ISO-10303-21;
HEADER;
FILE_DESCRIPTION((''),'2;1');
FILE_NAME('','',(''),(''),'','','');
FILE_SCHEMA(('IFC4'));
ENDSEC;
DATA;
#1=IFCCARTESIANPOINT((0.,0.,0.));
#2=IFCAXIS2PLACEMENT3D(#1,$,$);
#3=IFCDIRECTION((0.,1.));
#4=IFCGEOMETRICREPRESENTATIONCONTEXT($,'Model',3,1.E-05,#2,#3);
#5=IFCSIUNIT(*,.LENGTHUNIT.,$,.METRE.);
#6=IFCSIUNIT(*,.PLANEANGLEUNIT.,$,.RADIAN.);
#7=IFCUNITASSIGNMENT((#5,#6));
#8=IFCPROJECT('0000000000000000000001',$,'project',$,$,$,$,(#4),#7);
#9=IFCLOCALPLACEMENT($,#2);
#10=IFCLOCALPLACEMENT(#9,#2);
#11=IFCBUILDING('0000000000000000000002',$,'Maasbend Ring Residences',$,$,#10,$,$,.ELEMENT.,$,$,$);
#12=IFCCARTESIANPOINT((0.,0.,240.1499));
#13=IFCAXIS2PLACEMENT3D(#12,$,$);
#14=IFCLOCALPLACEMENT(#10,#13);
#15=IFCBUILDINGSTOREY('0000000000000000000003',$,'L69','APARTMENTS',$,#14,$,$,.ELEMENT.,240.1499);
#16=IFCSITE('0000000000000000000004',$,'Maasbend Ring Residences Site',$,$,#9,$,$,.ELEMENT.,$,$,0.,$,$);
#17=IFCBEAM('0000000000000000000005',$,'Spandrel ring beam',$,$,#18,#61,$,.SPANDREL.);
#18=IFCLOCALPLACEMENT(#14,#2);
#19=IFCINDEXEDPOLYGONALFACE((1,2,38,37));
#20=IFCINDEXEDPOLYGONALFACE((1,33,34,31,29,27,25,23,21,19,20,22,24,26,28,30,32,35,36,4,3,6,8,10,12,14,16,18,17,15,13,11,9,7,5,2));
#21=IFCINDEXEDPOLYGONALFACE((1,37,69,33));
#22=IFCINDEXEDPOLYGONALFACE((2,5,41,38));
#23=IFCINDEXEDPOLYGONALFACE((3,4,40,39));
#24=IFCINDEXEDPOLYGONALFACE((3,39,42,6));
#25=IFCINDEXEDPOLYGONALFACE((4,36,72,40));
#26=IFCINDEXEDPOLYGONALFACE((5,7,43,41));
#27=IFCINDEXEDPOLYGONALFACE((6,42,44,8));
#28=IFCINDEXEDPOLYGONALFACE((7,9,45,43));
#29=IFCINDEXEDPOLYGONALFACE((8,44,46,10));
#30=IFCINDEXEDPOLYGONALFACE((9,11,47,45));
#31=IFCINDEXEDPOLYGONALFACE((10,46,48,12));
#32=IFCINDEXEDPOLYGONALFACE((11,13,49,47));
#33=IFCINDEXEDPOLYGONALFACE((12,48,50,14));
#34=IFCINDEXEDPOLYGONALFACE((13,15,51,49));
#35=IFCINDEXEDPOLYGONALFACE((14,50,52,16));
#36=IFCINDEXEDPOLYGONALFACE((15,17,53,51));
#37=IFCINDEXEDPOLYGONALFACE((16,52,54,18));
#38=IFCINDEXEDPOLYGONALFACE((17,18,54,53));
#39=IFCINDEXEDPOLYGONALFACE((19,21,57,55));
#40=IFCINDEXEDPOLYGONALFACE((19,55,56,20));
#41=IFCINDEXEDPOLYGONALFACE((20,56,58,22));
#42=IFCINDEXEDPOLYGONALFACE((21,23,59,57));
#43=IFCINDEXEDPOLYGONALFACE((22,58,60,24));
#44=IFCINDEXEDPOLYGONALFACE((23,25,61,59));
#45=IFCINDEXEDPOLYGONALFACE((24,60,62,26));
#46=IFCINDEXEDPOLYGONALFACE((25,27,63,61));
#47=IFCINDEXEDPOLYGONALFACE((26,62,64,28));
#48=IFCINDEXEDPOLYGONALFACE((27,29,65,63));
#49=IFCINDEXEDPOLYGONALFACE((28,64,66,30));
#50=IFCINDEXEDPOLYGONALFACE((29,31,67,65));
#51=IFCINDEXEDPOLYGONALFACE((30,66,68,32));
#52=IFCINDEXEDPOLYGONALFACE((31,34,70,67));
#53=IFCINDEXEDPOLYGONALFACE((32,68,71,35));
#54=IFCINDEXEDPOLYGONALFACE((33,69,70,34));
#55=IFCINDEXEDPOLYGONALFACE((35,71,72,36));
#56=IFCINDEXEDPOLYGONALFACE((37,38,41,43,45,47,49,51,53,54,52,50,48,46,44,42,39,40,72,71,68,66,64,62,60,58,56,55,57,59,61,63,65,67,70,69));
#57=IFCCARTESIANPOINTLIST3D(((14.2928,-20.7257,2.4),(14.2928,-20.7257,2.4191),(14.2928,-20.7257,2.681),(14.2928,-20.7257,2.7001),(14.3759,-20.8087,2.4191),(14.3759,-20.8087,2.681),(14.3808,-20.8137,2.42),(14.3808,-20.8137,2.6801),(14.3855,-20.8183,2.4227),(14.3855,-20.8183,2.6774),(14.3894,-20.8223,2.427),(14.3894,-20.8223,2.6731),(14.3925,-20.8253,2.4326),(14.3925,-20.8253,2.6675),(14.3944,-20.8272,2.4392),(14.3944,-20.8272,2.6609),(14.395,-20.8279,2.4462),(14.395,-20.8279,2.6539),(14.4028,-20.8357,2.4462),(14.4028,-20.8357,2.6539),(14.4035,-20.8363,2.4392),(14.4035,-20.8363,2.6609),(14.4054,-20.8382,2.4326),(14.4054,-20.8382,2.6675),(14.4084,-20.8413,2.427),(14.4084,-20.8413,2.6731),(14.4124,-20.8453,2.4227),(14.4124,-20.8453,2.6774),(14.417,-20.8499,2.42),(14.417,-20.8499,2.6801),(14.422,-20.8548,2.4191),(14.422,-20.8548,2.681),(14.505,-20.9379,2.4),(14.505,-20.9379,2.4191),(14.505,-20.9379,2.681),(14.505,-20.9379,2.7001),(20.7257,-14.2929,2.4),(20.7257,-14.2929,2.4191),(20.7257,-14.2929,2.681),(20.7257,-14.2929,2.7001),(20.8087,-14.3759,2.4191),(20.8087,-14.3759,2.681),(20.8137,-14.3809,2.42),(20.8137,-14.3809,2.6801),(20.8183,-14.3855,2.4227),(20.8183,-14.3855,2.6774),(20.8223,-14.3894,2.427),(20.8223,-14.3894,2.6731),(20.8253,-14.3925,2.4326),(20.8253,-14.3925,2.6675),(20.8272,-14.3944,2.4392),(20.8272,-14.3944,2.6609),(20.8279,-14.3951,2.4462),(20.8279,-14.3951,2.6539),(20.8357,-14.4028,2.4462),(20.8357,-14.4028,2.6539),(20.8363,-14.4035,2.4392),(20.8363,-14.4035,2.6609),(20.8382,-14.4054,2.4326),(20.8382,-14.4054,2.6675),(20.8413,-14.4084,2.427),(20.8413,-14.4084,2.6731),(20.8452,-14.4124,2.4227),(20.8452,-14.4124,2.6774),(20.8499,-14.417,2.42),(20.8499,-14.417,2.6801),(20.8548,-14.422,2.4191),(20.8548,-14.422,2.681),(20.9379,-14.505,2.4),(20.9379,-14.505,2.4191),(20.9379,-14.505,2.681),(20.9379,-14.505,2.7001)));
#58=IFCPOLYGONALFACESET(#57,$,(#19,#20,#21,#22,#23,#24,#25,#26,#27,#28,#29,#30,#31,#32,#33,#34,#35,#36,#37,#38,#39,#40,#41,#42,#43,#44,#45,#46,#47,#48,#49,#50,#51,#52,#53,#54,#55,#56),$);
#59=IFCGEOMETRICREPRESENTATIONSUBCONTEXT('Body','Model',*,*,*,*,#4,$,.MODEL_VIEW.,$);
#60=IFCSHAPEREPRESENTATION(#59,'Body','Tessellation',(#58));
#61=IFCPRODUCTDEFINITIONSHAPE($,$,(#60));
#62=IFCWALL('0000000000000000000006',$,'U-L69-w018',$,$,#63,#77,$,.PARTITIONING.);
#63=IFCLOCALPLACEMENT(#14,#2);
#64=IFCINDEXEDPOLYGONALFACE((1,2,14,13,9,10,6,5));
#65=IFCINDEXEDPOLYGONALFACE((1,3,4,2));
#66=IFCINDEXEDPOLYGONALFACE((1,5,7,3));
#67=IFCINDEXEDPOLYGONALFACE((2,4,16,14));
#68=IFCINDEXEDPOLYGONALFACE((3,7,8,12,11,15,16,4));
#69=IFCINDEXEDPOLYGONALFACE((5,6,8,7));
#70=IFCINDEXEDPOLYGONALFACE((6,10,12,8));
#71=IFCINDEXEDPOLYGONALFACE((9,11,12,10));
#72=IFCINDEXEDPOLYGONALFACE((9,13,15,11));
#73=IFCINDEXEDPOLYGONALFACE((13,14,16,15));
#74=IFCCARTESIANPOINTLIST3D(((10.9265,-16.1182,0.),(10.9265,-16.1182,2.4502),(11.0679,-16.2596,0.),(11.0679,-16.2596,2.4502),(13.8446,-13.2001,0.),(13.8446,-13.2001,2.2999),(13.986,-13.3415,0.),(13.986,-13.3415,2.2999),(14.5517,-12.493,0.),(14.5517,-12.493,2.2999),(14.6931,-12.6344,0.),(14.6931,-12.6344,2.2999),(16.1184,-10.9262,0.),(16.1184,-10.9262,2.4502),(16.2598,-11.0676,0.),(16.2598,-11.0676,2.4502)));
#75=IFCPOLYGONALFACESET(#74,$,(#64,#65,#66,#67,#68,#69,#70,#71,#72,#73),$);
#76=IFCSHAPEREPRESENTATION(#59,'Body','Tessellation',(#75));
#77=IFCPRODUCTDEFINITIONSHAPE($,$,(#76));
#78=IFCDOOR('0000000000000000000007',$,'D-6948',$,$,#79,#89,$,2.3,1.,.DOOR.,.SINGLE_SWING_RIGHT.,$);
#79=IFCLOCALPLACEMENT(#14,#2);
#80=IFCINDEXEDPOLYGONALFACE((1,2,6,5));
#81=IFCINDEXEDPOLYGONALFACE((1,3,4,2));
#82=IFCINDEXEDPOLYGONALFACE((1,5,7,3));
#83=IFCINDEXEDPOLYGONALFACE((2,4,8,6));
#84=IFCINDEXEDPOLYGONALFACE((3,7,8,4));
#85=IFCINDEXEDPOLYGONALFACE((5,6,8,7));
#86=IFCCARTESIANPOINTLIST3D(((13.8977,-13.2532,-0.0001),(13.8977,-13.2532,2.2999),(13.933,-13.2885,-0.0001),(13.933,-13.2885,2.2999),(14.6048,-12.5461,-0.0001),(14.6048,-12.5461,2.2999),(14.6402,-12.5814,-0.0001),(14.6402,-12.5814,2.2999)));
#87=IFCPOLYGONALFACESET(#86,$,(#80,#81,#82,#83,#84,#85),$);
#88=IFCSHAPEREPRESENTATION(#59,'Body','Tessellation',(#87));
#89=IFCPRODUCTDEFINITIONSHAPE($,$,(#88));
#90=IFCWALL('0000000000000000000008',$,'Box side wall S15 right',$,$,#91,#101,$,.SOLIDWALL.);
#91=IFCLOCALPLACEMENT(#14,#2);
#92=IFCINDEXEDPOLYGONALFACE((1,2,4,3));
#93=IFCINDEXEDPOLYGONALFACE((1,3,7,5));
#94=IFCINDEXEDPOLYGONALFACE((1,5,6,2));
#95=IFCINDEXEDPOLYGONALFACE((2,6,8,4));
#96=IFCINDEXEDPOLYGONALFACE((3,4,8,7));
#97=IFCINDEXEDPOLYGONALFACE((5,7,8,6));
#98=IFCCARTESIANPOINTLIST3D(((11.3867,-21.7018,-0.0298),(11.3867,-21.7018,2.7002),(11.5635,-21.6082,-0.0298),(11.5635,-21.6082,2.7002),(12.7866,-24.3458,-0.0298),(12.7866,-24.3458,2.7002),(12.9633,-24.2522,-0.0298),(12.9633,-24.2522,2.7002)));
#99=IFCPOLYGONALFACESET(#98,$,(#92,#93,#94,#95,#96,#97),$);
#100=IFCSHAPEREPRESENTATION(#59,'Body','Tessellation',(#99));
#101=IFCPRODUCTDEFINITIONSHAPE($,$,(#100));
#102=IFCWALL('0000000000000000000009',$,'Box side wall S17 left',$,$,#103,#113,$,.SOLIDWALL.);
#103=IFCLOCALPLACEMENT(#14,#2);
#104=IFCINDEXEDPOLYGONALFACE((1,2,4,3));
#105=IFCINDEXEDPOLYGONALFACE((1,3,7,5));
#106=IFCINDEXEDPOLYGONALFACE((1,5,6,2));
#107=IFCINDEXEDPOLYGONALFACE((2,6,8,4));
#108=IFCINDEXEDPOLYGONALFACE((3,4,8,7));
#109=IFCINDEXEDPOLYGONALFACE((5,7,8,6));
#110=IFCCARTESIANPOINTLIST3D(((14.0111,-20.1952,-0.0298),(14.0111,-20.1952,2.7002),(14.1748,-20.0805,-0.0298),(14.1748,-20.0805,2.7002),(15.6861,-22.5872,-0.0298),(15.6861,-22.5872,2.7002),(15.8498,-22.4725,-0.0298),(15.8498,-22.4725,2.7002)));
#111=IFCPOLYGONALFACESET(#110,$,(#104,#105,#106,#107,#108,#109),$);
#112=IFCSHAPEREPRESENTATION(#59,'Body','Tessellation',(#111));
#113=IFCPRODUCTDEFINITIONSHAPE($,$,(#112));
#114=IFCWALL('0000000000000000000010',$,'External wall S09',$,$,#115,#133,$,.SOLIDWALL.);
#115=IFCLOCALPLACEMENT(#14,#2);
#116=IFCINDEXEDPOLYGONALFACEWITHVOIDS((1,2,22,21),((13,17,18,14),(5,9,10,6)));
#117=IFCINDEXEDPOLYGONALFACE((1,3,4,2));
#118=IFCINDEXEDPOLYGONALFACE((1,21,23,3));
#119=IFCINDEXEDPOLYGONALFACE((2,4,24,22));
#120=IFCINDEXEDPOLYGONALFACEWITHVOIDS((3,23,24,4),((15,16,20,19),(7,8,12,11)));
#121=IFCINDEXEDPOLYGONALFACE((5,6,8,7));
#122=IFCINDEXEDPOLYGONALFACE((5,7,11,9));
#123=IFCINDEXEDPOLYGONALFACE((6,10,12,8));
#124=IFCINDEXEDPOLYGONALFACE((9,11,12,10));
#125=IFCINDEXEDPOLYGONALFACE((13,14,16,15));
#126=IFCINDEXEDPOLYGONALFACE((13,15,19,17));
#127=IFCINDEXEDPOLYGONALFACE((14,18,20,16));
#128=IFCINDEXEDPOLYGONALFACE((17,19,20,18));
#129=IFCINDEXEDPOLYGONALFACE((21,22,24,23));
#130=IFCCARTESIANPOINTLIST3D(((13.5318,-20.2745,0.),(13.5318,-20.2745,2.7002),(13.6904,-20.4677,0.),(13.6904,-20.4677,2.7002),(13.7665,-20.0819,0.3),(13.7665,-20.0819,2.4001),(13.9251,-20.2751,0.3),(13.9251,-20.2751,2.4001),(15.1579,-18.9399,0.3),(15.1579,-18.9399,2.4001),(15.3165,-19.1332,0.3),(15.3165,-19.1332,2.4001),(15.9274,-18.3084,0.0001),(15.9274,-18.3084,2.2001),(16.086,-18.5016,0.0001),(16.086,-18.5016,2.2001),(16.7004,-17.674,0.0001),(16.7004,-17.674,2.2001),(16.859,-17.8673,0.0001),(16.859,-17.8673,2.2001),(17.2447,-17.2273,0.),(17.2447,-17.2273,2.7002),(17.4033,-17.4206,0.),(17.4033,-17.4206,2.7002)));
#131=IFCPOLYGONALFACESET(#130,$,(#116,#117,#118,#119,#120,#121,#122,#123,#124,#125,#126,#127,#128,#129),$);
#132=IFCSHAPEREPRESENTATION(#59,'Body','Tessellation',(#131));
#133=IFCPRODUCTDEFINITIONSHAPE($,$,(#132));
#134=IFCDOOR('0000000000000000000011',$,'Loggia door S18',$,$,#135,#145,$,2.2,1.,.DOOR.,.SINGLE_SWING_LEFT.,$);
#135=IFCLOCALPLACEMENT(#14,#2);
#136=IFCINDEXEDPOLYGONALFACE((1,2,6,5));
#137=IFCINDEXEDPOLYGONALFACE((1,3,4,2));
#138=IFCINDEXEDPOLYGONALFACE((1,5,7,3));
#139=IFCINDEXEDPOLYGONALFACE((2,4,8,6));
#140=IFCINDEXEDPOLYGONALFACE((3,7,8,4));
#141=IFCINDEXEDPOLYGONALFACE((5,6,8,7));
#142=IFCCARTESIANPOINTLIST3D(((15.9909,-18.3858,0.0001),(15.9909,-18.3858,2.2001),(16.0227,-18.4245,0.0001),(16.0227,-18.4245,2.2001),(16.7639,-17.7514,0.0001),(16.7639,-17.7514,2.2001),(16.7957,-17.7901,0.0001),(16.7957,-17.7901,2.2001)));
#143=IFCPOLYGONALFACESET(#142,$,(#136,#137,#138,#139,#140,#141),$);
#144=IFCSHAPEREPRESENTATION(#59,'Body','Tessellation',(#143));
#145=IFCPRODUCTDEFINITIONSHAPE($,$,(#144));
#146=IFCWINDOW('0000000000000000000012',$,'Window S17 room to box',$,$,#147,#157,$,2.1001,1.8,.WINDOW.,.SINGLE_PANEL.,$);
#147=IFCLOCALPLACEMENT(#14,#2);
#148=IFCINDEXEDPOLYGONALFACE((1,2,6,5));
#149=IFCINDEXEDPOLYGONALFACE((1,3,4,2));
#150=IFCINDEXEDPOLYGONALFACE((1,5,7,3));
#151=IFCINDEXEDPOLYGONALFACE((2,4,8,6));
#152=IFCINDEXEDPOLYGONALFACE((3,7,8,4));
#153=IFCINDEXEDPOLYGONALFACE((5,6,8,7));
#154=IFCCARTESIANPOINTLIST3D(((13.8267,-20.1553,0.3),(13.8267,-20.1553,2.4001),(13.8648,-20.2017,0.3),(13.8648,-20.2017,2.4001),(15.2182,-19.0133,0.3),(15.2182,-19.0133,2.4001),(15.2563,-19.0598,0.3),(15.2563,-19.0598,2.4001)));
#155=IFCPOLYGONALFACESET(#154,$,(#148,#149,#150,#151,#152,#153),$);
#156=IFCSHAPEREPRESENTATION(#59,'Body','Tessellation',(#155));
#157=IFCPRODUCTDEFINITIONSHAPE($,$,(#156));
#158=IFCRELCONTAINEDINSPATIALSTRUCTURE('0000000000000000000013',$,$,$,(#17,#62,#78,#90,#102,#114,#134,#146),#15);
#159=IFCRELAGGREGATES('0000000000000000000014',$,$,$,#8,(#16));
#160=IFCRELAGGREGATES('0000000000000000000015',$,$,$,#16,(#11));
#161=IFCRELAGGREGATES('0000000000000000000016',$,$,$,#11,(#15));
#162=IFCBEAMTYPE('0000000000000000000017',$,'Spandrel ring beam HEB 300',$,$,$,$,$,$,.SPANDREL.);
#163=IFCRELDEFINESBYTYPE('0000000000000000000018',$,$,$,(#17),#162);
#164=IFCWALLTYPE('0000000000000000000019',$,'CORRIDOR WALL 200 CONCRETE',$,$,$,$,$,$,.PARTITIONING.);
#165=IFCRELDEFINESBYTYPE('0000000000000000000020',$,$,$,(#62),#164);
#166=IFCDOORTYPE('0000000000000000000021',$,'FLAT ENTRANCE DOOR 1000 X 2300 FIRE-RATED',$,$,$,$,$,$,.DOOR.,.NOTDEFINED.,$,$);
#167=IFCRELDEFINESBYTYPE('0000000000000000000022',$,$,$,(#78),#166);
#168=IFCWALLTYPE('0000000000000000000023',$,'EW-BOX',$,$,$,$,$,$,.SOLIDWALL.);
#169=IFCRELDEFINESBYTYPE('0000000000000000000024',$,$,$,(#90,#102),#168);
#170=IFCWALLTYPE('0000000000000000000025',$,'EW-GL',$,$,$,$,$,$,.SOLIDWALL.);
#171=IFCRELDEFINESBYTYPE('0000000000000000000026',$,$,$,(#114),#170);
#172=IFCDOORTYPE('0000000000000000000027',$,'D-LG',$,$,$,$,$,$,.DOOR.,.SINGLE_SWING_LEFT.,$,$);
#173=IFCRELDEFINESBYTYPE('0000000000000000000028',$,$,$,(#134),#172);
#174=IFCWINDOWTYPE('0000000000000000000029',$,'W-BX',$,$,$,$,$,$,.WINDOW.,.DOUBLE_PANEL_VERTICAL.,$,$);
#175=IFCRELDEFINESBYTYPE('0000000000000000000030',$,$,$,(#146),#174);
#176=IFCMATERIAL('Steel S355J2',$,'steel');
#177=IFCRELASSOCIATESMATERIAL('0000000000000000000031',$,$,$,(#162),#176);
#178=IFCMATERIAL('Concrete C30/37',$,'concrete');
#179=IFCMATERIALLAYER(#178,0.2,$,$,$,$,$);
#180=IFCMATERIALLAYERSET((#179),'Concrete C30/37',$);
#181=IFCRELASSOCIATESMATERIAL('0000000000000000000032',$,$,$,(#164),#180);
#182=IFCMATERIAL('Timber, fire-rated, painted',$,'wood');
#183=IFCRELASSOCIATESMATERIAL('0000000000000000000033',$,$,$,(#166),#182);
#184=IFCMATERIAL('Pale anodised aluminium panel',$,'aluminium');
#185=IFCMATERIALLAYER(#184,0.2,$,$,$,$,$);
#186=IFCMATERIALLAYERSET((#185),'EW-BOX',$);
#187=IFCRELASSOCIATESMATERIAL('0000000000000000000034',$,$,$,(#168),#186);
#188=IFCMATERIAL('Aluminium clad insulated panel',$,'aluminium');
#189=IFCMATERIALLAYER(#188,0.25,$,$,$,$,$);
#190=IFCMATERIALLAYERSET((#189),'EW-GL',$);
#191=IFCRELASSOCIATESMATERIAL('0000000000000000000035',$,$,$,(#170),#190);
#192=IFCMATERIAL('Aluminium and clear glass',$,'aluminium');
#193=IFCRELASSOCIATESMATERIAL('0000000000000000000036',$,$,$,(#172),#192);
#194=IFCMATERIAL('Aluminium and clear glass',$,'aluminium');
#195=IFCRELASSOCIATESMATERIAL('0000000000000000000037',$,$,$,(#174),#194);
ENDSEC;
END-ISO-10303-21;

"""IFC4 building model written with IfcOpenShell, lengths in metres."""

from ifc_helpers import new_model, si_unit, direction, frame, frame_2d, origin, origin_2d, place, context, subcontext, project, spatial, rectangle, i_section, extrude, material, layer, layer_set, material_profile, profile_set, type_object, element, fill, save


model = new_model("IFC4")

# Units and contexts
model_context = context("Model", 3, precision=1e-05, world=origin(), true_north=direction((0.0, 1.0)))
body_context = subcontext(model_context, "Body", "Model", "MODEL_VIEW")
ifc_project = project(units=[si_unit("LENGTHUNIT", "METRE"), si_unit("PLANEANGLEUNIT", "RADIAN")], contexts=[model_context])

# Site, building, storey
site_placement = place(None, origin())
site = spatial("IfcSite", under=ifc_project, at=site_placement, Name="Maasbend Ring Residences Site", CompositionType="ELEMENT", RefElevation=0.0)
building_placement = place(site_placement, origin())
building = spatial("IfcBuilding", under=site, at=building_placement, Name="Maasbend Ring Residences", CompositionType="ELEMENT")
storey_placement = place(building_placement, frame((0.0, 0.0, 240.1499)))
storey = spatial("IfcBuildingStorey", under=building, at=storey_placement, Name="L69", Description="APARTMENTS", CompositionType="ELEMENT", Elevation=240.1499)

# Beam
ifc_material_1 = material(Name="Steel S355J2", Category="steel")
ifc_material_profile_1 = material_profile(ifc_material_1, i_section(OverallWidth=0.3, OverallDepth=0.3, WebThickness=0.011, FlangeThickness=0.019, FilletRadius=0.0271, at=origin_2d()), Name="HEB 300")
ifc_profile_set_1 = profile_set([ifc_material_profile_1], Name="Steel S355J2")
beam_type_1 = type_object("IfcBeamType", Name="Spandrel ring beam HEB 300", PredefinedType="SPANDREL", material=ifc_profile_set_1)
beam_1_placement = place(storey_placement, frame((14.3989, -20.8318, 2.55), z_axis=(0.707107, 0.707107, 0.0), x_axis=(-0.707107, 0.707107, 0.0)))
element("IfcBeam", 1, at=beam_1_placement, inside=storey, type_object=beam_type_1, Name="Spandrel ring beam", PredefinedType="SPANDREL", context=body_context, shape_type="SweptSolid", body=[
    extrude(i_section(OverallWidth=0.3, OverallDepth=0.3, WebThickness=0.011, FlangeThickness=0.019, FilletRadius=0.0271, at=origin_2d()), origin(), (0.0, 0.0, 1.0), 9.0974),
])

# Wall, opening, door
ifc_material_2 = material(Name="Concrete C30/37", Category="concrete")
ifc_layer_1 = layer(ifc_material_2, 0.2)
ifc_layer_set_1 = layer_set([ifc_layer_1], Name="Concrete C30/37")
wall_type_1 = type_object("IfcWallType", Name="CORRIDOR WALL 200 CONCRETE", PredefinedType="PARTITIONING", material=ifc_layer_set_1)
wall_1_placement = place(storey_placement, frame((10.9971, -16.189, 0.0), z_axis=(0.0, 0.0, 1.0), x_axis=(0.707107, 0.707107, 0.0)))
wall_1 = element("IfcWall", 2, at=wall_1_placement, inside=storey, type_object=wall_type_1, Name="U-L69-w018", PredefinedType="PARTITIONING", context=body_context, shape_type="SweptSolid", body=[
    extrude(rectangle(XDim=7.3425, YDim=0.2, at=frame_2d((3.6714, 0.0))), origin(), (0.0, 0.0, 1.0), 2.4502),
])
opening_1_placement = place(wall_1_placement, frame((4.127, 0.0, 0.0)))
opening_1 = element("IfcOpeningElement", 3, at=opening_1_placement, cuts=wall_1, PredefinedType="OPENING", context=body_context, shape_type="SweptSolid", body=[
    extrude(rectangle(XDim=1.0, YDim=2.3, at=frame_2d((0.5, 1.1499))), frame((0.0, 0.1099, 0.0), z_axis=(0.0, -1.0, 0.0), x_axis=(1.0, 0.0, 0.0)), (0.0, 0.0, 1.0), 0.22),
])
ifc_material_3 = material(Name="Timber, fire-rated, painted", Category="wood")
door_type_1 = type_object("IfcDoorType", Name="FLAT ENTRANCE DOOR 1000 X 2300 FIRE-RATED", OperationType="NOTDEFINED", PredefinedType="DOOR", material=ifc_material_3)
door_1_placement = place(opening_1_placement, origin())
door_1 = element("IfcDoor", 4, at=door_1_placement, inside=storey, type_object=door_type_1, Name="D-6948", OperationType="SINGLE_SWING_RIGHT", OverallHeight=2.3, OverallWidth=1.0, PredefinedType="DOOR", context=body_context, shape_type="SweptSolid", body=[
    extrude(rectangle(XDim=1.0, YDim=2.3, at=frame_2d((0.5, 1.1499))), frame((0.0, 0.0249, 0.0), z_axis=(0.0, -1.0, 0.0), x_axis=(1.0, 0.0, 0.0)), (0.0, 0.0, 1.0), 0.05),
])
fill(opening_1, door_1)

# Walls
ifc_material_4 = material(Name="Pale anodised aluminium panel", Category="aluminium")
ifc_layer_2 = layer(ifc_material_4, 0.2)
ifc_layer_set_2 = layer_set([ifc_layer_2], Name="EW-BOX")
wall_type_2 = type_object("IfcWallType", Name="EW-BOX", PredefinedType="SOLIDWALL", material=ifc_layer_set_2)
wall_2_placement = place(storey_placement, frame((11.4751, -21.655, -0.0298), z_axis=(0.0, 0.0, 1.0), x_axis=(0.467918, -0.883772, 0.0)))
element("IfcWall", 5, at=wall_2_placement, inside=storey, type_object=wall_type_2, Name="Box side wall S15 right", PredefinedType="SOLIDWALL", context=body_context, shape_type="SweptSolid", body=[
    extrude(rectangle(XDim=2.9917, YDim=0.2, at=frame_2d((1.4958, 0.0))), origin(), (0.0, 0.0, 1.0), 2.73),
])
wall_3_placement = place(storey_placement, frame((14.093, -20.1379, -0.0298), z_axis=(0.0, 0.0, 1.0), x_axis=(0.573597, -0.819138, 0.0)))
element("IfcWall", 6, at=wall_3_placement, inside=storey, type_object=wall_type_2, Name="Box side wall S17 left", PredefinedType="SOLIDWALL", context=body_context, shape_type="SweptSolid", body=[
    extrude(rectangle(XDim=2.9202, YDim=0.2, at=frame_2d((1.46, 0.0))), origin(), (0.0, 0.0, 1.0), 2.73),
])

# Wall, openings, door, window
ifc_material_5 = material(Name="Aluminium clad insulated panel", Category="aluminium")
ifc_layer_3 = layer(ifc_material_5, 0.25)
ifc_layer_set_3 = layer_set([ifc_layer_3], Name="EW-GL")
wall_type_3 = type_object("IfcWallType", Name="EW-GL", PredefinedType="SOLIDWALL", material=ifc_layer_set_3)
wall_4_placement = place(storey_placement, frame((13.6111, -20.3711, 0.0), z_axis=(0.0, 0.0, 1.0), x_axis=(0.773008, 0.634397, 0.0)))
wall_4 = element("IfcWall", 7, at=wall_4_placement, inside=storey, type_object=wall_type_3, Name="External wall S09", PredefinedType="SOLIDWALL", context=body_context, shape_type="SweptSolid", body=[
    extrude(rectangle(XDim=4.8032, YDim=0.25, at=frame_2d((2.4016, 0.0))), origin(), (0.0, 0.0, 1.0), 2.7002),
])
opening_2_placement = place(wall_4_placement, frame((0.3037, 0.0, 0.3)))
opening_2 = element("IfcOpeningElement", 8, at=opening_2_placement, cuts=wall_4, PredefinedType="OPENING", context=body_context, shape_type="SweptSolid", body=[
    extrude(rectangle(XDim=1.8, YDim=2.1001, at=frame_2d((0.8999, 1.05))), frame((0.0, 0.135, 0.0), z_axis=(0.0, -1.0, 0.0), x_axis=(1.0, 0.0, 0.0)), (0.0, 0.0, 1.0), 0.27),
])
opening_3_placement = place(wall_4_placement, frame((3.0991, 0.0, 0.0)))
opening_3 = element("IfcOpeningElement", 9, at=opening_3_placement, cuts=wall_4, PredefinedType="OPENING", context=body_context, shape_type="SweptSolid", body=[
    extrude(rectangle(XDim=1.0, YDim=2.2, at=frame_2d((0.5, 1.1001))), frame((0.0, 0.135, 0.0), z_axis=(0.0, -1.0, 0.0), x_axis=(1.0, 0.0, 0.0)), (0.0, 0.0, 1.0), 0.27),
])
ifc_material_6 = material(Name="Aluminium and clear glass", Category="aluminium")
door_type_2 = type_object("IfcDoorType", Name="D-LG", OperationType="SINGLE_SWING_LEFT", PredefinedType="DOOR", material=ifc_material_6)
door_2_placement = place(opening_3_placement, origin())
door_2 = element("IfcDoor", 10, at=door_2_placement, inside=storey, type_object=door_type_2, Name="Loggia door S18", OperationType="SINGLE_SWING_LEFT", OverallHeight=2.2, OverallWidth=1.0, PredefinedType="DOOR", context=body_context, shape_type="SweptSolid", body=[
    extrude(rectangle(XDim=1.0, YDim=2.2, at=frame_2d((0.5, 1.1001))), frame((0.0, 0.0249, 0.0), z_axis=(0.0, -1.0, 0.0), x_axis=(1.0, 0.0, 0.0)), (0.0, 0.0, 1.0), 0.05),
])
fill(opening_3, door_2)
ifc_material_7 = material(Name="Aluminium and clear glass", Category="aluminium")
window_type = type_object("IfcWindowType", Name="W-BX", PartitioningType="DOUBLE_PANEL_VERTICAL", PredefinedType="WINDOW", material=ifc_material_7)
window_placement = place(opening_2_placement, origin())
window = element("IfcWindow", 11, at=window_placement, inside=storey, type_object=window_type, Name="Window S17 room to box", OverallHeight=2.1001, OverallWidth=1.8, PartitioningType="SINGLE_PANEL", PredefinedType="WINDOW", context=body_context, shape_type="SweptSolid", body=[
    extrude(rectangle(XDim=1.8, YDim=2.1001, at=frame_2d((0.8999, 1.05))), frame((0.0, 0.03, 0.0), z_axis=(0.0, -1.0, 0.0), x_axis=(1.0, 0.0, 0.0)), (0.0, 0.0, 1.0), 0.0601),
])
fill(opening_2, window)

save(model, "model.ifc")
